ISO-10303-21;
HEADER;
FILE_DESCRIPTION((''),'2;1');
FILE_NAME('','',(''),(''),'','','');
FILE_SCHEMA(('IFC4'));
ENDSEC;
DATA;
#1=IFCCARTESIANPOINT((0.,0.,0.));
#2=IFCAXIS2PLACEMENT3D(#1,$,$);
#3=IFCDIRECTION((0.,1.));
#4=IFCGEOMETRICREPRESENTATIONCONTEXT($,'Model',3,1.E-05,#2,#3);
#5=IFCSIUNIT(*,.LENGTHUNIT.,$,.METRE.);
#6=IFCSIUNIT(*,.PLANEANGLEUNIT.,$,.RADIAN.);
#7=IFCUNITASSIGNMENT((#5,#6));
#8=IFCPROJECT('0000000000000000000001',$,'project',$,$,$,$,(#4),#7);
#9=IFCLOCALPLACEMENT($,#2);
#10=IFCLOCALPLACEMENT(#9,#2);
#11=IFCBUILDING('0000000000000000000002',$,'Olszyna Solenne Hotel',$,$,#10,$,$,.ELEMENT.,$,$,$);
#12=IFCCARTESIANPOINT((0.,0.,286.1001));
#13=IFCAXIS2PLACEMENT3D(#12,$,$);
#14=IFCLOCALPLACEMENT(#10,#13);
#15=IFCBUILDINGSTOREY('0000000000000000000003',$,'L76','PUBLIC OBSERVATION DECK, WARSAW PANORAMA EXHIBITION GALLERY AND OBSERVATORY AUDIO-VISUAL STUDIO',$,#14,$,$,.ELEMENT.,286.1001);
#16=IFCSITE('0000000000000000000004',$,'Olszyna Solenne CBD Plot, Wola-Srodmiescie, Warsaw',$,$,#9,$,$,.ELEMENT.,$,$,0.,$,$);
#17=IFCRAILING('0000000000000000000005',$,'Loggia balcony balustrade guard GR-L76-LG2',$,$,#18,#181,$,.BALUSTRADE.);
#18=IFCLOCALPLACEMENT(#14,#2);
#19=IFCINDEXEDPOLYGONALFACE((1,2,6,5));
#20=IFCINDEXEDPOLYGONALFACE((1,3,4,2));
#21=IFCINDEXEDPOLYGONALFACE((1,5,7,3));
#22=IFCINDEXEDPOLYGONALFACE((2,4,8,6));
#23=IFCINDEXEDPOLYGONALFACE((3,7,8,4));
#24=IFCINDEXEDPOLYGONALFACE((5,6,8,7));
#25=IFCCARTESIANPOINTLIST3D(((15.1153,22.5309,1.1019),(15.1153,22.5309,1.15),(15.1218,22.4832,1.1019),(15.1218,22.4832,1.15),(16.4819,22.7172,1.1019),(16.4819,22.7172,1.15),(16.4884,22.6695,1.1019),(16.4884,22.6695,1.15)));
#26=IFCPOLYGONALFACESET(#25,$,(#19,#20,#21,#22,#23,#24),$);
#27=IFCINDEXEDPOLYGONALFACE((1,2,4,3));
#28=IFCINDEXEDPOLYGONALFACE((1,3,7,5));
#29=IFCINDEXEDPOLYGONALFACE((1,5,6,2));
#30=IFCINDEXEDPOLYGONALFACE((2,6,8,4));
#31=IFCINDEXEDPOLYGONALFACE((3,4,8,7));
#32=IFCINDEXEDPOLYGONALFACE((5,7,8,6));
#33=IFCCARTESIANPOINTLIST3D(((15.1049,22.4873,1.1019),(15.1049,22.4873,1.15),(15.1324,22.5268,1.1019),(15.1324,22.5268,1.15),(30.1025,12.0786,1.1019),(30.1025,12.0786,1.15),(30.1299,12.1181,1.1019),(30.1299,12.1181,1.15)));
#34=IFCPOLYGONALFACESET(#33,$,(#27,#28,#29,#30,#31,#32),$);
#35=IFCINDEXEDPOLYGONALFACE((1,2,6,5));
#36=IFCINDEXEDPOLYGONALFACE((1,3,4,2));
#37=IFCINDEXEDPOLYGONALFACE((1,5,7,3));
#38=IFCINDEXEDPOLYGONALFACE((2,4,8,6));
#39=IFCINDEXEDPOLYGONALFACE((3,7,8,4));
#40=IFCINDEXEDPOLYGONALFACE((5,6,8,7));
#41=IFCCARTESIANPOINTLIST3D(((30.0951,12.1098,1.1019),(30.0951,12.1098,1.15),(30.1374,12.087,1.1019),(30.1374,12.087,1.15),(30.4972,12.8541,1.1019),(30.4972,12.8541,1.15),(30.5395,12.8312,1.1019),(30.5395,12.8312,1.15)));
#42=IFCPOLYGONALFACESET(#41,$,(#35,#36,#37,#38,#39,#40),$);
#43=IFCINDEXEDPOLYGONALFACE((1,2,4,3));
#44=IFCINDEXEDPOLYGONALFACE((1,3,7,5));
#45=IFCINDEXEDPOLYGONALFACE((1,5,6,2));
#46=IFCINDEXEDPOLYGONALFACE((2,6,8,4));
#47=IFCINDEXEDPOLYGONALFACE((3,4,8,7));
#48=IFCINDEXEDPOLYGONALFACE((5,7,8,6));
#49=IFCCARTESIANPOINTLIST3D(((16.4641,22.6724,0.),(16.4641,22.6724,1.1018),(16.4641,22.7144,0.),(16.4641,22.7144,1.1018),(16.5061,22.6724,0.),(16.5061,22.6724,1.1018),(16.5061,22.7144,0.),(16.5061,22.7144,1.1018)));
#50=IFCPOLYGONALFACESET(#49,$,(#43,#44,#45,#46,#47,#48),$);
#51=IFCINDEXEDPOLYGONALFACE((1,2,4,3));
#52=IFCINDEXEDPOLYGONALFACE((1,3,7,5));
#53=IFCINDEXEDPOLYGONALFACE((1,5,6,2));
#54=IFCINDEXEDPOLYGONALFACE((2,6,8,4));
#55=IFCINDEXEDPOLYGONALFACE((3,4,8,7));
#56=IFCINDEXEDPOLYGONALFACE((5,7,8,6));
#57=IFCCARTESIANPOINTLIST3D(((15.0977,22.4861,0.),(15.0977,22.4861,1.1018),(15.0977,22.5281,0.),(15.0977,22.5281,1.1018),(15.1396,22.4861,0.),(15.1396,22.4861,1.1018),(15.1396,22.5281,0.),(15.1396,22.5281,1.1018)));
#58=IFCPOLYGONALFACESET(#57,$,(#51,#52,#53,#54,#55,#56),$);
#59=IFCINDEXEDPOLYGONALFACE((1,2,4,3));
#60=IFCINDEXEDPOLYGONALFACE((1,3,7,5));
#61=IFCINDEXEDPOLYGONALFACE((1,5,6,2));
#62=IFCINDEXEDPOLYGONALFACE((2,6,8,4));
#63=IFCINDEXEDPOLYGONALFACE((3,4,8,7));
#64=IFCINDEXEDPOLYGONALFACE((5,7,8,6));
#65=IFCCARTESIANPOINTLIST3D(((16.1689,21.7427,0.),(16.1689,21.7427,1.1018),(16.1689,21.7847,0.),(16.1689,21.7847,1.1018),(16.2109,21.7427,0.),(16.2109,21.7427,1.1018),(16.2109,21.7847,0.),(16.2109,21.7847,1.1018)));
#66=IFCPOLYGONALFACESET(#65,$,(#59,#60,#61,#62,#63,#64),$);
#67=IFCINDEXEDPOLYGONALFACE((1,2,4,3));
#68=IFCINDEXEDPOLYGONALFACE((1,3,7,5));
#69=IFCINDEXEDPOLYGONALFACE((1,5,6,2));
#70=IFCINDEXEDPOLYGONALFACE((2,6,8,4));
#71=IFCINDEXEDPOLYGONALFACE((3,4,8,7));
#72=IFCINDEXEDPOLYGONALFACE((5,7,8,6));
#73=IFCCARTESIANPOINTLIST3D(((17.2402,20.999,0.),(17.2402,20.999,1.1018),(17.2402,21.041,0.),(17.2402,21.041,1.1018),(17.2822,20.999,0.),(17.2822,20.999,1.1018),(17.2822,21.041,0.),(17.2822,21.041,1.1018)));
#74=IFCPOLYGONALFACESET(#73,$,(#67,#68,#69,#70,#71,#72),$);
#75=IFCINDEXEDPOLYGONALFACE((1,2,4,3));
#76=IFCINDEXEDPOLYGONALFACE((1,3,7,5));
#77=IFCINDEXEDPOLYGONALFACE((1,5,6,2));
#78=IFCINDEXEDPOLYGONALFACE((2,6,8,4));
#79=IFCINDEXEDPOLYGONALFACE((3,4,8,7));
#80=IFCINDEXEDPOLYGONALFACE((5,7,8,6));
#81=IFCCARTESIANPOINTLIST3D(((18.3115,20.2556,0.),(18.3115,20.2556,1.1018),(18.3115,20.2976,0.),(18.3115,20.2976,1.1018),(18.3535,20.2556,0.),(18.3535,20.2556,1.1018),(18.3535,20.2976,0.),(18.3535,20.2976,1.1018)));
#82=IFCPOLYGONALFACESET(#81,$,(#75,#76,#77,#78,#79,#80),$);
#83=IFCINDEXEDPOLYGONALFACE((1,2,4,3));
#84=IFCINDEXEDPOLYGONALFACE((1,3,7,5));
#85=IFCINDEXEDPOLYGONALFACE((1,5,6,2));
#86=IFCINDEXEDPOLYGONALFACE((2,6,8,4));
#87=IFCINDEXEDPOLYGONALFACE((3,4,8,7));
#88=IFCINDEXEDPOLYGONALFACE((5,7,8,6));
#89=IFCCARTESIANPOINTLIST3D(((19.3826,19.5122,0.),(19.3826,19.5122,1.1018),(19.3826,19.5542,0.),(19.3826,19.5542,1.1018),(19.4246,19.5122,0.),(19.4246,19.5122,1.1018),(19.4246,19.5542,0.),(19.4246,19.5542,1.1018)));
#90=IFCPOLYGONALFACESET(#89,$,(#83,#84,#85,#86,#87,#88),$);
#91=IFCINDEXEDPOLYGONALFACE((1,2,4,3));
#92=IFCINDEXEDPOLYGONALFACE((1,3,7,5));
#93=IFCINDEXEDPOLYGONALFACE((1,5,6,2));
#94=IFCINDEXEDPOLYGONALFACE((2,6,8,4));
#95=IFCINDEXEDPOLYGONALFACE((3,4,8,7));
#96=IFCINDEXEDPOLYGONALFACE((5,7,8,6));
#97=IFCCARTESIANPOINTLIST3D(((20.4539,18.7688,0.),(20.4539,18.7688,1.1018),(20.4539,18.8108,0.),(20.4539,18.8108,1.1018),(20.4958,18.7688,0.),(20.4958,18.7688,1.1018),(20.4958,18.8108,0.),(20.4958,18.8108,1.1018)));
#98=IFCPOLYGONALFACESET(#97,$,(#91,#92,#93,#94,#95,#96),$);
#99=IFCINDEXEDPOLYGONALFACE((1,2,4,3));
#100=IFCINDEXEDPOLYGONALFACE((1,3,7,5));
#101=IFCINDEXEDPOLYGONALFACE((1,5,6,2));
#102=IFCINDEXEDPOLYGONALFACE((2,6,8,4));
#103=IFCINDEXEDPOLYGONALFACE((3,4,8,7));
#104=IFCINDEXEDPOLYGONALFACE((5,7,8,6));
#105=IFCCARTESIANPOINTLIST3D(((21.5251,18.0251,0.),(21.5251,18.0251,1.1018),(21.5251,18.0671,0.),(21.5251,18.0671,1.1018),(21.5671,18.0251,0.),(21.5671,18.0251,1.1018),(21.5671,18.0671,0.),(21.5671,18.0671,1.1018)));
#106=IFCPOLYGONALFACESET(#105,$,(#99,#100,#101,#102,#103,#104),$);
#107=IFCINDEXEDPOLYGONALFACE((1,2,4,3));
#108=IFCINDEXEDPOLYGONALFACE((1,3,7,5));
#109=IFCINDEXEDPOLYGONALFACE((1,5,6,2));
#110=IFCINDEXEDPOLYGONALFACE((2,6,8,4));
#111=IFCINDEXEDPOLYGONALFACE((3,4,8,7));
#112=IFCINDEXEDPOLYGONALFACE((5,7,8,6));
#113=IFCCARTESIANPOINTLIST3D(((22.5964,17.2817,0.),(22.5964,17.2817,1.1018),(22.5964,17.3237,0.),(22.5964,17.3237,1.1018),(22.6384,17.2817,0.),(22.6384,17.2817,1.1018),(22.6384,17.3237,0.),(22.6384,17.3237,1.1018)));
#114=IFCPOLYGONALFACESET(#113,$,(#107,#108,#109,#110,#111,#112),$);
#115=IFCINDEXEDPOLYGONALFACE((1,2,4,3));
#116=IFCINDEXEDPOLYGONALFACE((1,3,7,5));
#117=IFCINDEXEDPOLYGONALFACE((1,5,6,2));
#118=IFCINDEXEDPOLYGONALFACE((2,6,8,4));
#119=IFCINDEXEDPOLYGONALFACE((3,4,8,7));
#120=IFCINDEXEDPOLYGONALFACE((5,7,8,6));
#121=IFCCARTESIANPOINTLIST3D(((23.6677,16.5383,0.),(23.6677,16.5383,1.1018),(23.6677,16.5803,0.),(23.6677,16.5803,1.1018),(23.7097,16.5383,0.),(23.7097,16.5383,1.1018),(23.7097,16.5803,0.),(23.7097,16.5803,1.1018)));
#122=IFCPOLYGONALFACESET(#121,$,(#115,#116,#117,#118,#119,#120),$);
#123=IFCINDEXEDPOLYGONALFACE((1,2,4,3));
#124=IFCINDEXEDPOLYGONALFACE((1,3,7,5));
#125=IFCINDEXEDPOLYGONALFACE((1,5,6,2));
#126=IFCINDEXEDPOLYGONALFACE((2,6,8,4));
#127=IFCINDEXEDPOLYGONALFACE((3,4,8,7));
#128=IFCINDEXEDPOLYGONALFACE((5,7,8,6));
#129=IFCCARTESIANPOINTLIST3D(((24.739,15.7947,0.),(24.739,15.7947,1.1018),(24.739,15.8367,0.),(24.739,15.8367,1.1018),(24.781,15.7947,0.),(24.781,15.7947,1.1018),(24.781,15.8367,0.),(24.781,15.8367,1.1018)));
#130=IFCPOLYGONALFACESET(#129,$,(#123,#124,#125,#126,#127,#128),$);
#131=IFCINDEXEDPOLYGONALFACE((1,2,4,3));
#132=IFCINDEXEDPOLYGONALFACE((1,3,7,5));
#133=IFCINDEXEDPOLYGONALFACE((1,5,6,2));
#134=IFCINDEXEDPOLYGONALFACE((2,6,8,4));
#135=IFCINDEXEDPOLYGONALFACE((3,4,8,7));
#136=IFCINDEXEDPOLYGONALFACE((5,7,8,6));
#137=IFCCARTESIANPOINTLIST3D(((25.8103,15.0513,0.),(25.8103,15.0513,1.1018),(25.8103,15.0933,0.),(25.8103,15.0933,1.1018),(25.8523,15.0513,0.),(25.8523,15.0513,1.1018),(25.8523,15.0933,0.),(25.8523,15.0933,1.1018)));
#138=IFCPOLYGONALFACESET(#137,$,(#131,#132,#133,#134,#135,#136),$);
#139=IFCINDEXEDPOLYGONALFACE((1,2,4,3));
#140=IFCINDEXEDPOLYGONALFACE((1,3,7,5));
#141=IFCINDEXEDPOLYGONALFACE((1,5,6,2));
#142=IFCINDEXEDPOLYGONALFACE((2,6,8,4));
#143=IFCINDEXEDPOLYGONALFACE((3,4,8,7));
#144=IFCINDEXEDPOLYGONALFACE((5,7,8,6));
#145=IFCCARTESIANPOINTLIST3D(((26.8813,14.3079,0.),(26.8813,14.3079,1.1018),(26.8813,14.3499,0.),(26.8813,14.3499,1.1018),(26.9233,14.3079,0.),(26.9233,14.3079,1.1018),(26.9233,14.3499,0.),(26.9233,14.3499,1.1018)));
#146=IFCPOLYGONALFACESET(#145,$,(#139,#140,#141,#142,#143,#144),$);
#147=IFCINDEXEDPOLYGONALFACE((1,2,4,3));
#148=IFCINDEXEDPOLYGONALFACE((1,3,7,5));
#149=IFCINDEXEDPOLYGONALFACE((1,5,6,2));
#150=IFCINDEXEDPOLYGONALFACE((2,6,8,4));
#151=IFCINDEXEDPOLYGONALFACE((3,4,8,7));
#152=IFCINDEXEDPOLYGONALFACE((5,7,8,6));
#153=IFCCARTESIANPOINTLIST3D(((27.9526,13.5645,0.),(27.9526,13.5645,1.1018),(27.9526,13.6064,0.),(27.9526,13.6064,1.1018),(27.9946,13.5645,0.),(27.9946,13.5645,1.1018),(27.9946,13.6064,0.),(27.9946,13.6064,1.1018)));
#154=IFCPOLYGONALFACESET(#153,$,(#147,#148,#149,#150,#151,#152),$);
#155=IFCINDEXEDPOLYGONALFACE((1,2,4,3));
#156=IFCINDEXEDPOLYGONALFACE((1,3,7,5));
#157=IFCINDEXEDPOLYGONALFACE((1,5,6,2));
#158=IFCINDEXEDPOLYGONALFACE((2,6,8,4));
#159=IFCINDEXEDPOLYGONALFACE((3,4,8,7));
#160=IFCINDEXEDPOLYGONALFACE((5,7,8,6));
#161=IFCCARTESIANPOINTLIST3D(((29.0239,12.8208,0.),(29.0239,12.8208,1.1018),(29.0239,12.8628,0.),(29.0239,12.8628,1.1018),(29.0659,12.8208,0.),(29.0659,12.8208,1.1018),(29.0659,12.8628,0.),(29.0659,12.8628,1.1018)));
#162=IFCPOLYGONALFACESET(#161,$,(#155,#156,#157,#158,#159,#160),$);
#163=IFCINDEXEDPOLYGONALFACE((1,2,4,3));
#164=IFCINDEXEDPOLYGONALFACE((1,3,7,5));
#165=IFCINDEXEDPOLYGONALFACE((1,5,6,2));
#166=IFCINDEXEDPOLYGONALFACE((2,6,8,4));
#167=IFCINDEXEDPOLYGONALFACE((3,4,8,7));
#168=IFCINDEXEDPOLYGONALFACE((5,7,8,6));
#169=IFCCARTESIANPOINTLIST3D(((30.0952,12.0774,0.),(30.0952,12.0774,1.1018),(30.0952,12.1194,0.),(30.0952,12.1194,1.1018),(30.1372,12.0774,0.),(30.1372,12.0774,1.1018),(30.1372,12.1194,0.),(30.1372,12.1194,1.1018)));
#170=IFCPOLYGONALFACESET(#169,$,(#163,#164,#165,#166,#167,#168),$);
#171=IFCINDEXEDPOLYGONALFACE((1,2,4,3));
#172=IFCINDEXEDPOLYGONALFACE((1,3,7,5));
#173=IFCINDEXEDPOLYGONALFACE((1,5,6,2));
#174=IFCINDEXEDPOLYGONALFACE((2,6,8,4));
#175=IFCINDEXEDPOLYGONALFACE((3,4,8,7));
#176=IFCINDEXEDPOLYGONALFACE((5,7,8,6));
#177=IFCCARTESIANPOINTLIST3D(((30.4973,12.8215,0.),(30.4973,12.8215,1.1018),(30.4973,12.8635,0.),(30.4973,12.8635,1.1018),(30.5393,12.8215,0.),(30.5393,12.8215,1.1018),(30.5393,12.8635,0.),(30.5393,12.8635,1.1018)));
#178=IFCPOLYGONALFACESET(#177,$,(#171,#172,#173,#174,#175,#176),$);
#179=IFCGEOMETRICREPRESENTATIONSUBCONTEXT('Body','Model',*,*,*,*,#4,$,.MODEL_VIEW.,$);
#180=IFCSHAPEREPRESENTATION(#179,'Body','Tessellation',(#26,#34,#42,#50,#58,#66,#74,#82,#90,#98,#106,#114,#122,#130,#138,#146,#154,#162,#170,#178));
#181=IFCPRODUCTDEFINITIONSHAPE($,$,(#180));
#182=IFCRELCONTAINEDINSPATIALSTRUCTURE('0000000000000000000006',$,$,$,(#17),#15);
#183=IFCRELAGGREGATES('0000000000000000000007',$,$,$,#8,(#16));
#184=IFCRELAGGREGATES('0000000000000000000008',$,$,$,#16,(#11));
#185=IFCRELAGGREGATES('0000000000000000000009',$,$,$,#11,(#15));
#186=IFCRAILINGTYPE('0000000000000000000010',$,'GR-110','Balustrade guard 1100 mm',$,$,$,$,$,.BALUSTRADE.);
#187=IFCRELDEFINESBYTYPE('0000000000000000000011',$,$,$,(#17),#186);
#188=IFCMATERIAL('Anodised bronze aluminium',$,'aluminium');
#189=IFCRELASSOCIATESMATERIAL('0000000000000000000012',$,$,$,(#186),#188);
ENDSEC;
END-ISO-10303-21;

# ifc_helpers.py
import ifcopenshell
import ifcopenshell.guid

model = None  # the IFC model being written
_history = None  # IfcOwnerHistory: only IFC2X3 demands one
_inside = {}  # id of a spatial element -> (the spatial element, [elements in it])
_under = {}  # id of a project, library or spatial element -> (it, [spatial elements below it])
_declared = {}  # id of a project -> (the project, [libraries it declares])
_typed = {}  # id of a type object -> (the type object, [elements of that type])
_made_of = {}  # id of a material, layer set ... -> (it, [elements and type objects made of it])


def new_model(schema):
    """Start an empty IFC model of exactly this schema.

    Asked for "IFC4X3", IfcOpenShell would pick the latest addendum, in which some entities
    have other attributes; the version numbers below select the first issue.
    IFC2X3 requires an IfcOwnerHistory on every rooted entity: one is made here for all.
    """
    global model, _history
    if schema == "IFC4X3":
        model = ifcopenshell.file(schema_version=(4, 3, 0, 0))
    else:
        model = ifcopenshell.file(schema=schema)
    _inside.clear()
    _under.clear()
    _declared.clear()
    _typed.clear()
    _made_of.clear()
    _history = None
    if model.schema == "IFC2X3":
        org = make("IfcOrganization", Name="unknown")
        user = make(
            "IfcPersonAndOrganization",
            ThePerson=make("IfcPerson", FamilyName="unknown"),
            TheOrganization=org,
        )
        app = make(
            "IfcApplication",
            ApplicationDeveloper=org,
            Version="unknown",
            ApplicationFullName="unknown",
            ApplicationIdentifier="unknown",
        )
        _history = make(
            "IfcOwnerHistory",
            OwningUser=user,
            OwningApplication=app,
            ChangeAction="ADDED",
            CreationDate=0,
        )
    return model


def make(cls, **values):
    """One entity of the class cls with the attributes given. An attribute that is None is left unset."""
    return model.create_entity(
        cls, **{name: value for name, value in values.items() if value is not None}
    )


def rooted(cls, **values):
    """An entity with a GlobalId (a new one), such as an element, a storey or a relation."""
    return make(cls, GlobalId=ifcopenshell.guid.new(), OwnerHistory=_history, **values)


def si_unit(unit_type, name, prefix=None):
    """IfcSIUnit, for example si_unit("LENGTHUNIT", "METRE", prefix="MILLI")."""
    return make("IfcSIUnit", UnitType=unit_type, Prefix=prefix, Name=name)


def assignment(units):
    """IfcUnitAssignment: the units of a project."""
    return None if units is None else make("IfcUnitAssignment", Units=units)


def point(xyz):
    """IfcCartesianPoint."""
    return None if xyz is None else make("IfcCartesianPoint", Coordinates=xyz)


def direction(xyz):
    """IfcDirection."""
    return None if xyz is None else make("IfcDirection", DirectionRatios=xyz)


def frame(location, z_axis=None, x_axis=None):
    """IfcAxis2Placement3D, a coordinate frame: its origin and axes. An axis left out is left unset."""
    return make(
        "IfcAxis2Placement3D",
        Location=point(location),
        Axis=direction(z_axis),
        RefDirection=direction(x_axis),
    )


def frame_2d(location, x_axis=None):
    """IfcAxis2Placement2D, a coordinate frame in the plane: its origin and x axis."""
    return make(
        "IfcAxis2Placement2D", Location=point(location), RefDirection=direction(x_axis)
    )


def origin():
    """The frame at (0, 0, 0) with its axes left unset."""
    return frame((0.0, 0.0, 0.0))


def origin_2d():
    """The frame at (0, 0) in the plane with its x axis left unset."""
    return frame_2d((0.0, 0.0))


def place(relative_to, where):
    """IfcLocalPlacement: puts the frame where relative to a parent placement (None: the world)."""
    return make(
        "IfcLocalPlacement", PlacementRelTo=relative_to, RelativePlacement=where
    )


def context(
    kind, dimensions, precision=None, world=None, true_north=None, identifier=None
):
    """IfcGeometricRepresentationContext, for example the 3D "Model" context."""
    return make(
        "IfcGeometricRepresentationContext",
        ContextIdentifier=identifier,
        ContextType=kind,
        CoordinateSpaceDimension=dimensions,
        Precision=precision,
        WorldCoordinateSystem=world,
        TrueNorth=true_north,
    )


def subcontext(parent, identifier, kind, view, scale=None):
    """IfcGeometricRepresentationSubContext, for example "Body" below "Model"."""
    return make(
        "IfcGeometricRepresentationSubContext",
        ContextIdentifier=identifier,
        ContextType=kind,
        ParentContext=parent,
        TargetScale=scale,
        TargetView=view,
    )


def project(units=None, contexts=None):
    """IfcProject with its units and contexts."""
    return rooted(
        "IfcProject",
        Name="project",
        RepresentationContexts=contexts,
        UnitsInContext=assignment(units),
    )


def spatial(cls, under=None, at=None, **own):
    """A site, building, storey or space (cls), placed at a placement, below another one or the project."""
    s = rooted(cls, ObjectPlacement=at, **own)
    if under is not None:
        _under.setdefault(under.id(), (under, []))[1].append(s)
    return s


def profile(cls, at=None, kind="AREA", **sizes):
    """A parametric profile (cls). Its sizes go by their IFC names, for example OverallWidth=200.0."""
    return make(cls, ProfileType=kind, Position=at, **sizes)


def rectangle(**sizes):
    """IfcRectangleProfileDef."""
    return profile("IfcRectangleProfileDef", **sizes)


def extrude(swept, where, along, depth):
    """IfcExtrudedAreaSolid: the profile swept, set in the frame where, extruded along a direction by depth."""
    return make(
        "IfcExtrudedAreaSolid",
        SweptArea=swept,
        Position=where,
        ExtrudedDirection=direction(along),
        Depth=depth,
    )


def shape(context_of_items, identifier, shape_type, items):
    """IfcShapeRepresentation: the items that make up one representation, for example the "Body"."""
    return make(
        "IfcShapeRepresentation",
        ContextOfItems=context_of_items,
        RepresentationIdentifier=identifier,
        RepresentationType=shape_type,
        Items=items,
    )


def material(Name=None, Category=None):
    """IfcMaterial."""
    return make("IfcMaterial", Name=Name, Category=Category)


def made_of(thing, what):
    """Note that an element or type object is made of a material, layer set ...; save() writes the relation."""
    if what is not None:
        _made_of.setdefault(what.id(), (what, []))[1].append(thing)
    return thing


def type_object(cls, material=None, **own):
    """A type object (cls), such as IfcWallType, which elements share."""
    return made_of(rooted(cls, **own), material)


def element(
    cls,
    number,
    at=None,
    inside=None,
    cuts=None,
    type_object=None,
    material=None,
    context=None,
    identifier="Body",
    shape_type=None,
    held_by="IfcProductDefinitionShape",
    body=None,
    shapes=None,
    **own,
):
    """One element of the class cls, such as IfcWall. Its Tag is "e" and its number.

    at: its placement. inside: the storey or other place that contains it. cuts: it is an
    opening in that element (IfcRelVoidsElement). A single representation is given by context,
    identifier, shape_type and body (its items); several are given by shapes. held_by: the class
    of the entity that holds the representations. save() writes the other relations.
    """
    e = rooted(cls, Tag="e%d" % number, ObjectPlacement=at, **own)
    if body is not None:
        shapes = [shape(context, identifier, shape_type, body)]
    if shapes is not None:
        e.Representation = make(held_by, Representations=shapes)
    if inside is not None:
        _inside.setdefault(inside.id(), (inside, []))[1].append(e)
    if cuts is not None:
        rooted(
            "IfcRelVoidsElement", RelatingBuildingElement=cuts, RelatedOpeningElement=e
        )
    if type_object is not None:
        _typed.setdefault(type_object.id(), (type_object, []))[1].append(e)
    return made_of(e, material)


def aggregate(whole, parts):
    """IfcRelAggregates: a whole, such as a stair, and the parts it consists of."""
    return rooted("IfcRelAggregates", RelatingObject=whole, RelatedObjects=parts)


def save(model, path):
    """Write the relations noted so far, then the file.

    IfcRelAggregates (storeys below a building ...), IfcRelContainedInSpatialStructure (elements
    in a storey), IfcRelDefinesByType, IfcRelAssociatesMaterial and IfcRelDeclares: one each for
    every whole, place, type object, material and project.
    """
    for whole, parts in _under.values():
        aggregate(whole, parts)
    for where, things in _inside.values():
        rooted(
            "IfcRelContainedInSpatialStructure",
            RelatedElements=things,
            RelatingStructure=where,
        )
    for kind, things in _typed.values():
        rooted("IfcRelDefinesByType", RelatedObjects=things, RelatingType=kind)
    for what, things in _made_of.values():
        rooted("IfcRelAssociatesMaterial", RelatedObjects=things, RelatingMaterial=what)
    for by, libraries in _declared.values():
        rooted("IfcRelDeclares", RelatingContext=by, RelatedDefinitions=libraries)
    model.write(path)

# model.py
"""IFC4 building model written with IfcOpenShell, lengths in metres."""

from ifc_helpers import new_model, si_unit, direction, frame, origin, origin_2d, place, context, subcontext, project, spatial, rectangle, extrude, material, type_object, element, save


model = new_model("IFC4")

# Units and contexts
model_context = context("Model", 3, precision=1e-05, world=origin(), true_north=direction((0.0, 1.0)))
body_context = subcontext(model_context, "Body", "Model", "MODEL_VIEW")
ifc_project = project(units=[si_unit("LENGTHUNIT", "METRE"), si_unit("PLANEANGLEUNIT", "RADIAN")], contexts=[model_context])

# Site, building, storey
site_placement = place(None, origin())
site = spatial("IfcSite", under=ifc_project, at=site_placement, Name="Olszyna Solenne CBD Plot, Wola-Srodmiescie, Warsaw", CompositionType="ELEMENT", RefElevation=0.0)
building_placement = place(site_placement, origin())
building = spatial("IfcBuilding", under=site, at=building_placement, Name="Olszyna Solenne Hotel", CompositionType="ELEMENT")
storey_placement = place(building_placement, frame((0.0, 0.0, 286.1001)))
storey = spatial("IfcBuildingStorey", under=building, at=storey_placement, Name="L76", Description="PUBLIC OBSERVATION DECK, WARSAW PANORAMA EXHIBITION GALLERY AND OBSERVATORY AUDIO-VISUAL STUDIO", CompositionType="ELEMENT", Elevation=286.1001)

# Shared definitions
ifc_material_1 = material(Name="Anodised bronze aluminium", Category="aluminium")

# Railing
railing_type = type_object("IfcRailingType", Name="GR-110", Description="Balustrade guard 1100 mm", PredefinedType="BALUSTRADE", material=ifc_material_1)
railing_placement = place(storey_placement, frame((16.4851, 22.6934, 0.0)))
element("IfcRailing", 1, at=railing_placement, inside=storey, type_object=railing_type, Name="Loggia balcony balustrade guard GR-L76-LG2", PredefinedType="BALUSTRADE", context=body_context, shape_type="SweptSolid", body=[
    extrude(rectangle(XDim=0.0481, YDim=0.0481, at=origin_2d()), frame((0.0, 0.0, 1.126), z_axis=(-0.990836, -0.135074, 0.0), x_axis=(0.135074, -0.990836, 0.0)), (0.0, 0.0, 1.0), 1.3792),
    extrude(rectangle(XDim=0.0481, YDim=0.0481, at=origin_2d()), frame((-1.3665, -0.1863, 1.126), z_axis=(0.821531, -0.570164, 0.0), x_axis=(0.570164, 0.821531, 0.0)), (0.0, 0.0, 1.0), 18.2556),
    extrude(rectangle(XDim=0.0481, YDim=0.0481, at=origin_2d()), frame((13.6311, -10.595, 1.126), z_axis=(0.47539, 0.879775, 0.0), x_axis=(-0.879775, 0.47539, 0.0)), (0.0, 0.0, 1.0), 0.8459),
    extrude(rectangle(XDim=0.042, YDim=0.042, at=origin_2d()), origin(), (0.0, 0.0, 1.0), 1.1018),
    extrude(rectangle(XDim=0.042, YDim=0.042, at=origin_2d()), frame((-1.3665, -0.1863, 0.0)), (0.0, 0.0, 1.0), 1.1018),
    extrude(rectangle(XDim=0.042, YDim=0.042, at=origin_2d()), frame((-0.2952, -0.9297, 0.0)), (0.0, 0.0, 1.0), 1.1018),
    extrude(rectangle(XDim=0.042, YDim=0.042, at=origin_2d()), frame((0.7761, -1.6733, 0.0)), (0.0, 0.0, 1.0), 1.1018),
    extrude(rectangle(XDim=0.042, YDim=0.042, at=origin_2d()), frame((1.8474, -2.4167, 0.0)), (0.0, 0.0, 1.0), 1.1018),
    extrude(rectangle(XDim=0.042, YDim=0.042, at=origin_2d()), frame((2.9185, -3.1602, 0.0)), (0.0, 0.0, 1.0), 1.1018),
    extrude(rectangle(XDim=0.042, YDim=0.042, at=origin_2d()), frame((3.9897, -3.9036, 0.0)), (0.0, 0.0, 1.0), 1.1018),
    extrude(rectangle(XDim=0.042, YDim=0.042, at=origin_2d()), frame((5.061, -4.6472, 0.0)), (0.0, 0.0, 1.0), 1.1018),
    extrude(rectangle(XDim=0.042, YDim=0.042, at=origin_2d()), frame((6.1323, -5.3906, 0.0)), (0.0, 0.0, 1.0), 1.1018),
    extrude(rectangle(XDim=0.042, YDim=0.042, at=origin_2d()), frame((7.2036, -6.134, 0.0)), (0.0, 0.0, 1.0), 1.1018),
    extrude(rectangle(XDim=0.042, YDim=0.042, at=origin_2d()), frame((8.2749, -6.8777, 0.0)), (0.0, 0.0, 1.0), 1.1018),
    extrude(rectangle(XDim=0.042, YDim=0.042, at=origin_2d()), frame((9.3462, -7.6211, 0.0)), (0.0, 0.0, 1.0), 1.1018),
    extrude(rectangle(XDim=0.042, YDim=0.042, at=origin_2d()), frame((10.4172, -8.3645, 0.0)), (0.0, 0.0, 1.0), 1.1018),
    extrude(rectangle(XDim=0.042, YDim=0.042, at=origin_2d()), frame((11.4885, -9.1079, 0.0)), (0.0, 0.0, 1.0), 1.1018),
    extrude(rectangle(XDim=0.042, YDim=0.042, at=origin_2d()), frame((12.5598, -9.8516, 0.0)), (0.0, 0.0, 1.0), 1.1018),
    extrude(rectangle(XDim=0.042, YDim=0.042, at=origin_2d()), frame((13.6311, -10.595, 0.0)), (0.0, 0.0, 1.0), 1.1018),
    extrude(rectangle(XDim=0.042, YDim=0.042, at=origin_2d()), frame((14.0332, -9.8508, 0.0)), (0.0, 0.0, 1.0), 1.1018),
])

save(model, "model.ifc")
